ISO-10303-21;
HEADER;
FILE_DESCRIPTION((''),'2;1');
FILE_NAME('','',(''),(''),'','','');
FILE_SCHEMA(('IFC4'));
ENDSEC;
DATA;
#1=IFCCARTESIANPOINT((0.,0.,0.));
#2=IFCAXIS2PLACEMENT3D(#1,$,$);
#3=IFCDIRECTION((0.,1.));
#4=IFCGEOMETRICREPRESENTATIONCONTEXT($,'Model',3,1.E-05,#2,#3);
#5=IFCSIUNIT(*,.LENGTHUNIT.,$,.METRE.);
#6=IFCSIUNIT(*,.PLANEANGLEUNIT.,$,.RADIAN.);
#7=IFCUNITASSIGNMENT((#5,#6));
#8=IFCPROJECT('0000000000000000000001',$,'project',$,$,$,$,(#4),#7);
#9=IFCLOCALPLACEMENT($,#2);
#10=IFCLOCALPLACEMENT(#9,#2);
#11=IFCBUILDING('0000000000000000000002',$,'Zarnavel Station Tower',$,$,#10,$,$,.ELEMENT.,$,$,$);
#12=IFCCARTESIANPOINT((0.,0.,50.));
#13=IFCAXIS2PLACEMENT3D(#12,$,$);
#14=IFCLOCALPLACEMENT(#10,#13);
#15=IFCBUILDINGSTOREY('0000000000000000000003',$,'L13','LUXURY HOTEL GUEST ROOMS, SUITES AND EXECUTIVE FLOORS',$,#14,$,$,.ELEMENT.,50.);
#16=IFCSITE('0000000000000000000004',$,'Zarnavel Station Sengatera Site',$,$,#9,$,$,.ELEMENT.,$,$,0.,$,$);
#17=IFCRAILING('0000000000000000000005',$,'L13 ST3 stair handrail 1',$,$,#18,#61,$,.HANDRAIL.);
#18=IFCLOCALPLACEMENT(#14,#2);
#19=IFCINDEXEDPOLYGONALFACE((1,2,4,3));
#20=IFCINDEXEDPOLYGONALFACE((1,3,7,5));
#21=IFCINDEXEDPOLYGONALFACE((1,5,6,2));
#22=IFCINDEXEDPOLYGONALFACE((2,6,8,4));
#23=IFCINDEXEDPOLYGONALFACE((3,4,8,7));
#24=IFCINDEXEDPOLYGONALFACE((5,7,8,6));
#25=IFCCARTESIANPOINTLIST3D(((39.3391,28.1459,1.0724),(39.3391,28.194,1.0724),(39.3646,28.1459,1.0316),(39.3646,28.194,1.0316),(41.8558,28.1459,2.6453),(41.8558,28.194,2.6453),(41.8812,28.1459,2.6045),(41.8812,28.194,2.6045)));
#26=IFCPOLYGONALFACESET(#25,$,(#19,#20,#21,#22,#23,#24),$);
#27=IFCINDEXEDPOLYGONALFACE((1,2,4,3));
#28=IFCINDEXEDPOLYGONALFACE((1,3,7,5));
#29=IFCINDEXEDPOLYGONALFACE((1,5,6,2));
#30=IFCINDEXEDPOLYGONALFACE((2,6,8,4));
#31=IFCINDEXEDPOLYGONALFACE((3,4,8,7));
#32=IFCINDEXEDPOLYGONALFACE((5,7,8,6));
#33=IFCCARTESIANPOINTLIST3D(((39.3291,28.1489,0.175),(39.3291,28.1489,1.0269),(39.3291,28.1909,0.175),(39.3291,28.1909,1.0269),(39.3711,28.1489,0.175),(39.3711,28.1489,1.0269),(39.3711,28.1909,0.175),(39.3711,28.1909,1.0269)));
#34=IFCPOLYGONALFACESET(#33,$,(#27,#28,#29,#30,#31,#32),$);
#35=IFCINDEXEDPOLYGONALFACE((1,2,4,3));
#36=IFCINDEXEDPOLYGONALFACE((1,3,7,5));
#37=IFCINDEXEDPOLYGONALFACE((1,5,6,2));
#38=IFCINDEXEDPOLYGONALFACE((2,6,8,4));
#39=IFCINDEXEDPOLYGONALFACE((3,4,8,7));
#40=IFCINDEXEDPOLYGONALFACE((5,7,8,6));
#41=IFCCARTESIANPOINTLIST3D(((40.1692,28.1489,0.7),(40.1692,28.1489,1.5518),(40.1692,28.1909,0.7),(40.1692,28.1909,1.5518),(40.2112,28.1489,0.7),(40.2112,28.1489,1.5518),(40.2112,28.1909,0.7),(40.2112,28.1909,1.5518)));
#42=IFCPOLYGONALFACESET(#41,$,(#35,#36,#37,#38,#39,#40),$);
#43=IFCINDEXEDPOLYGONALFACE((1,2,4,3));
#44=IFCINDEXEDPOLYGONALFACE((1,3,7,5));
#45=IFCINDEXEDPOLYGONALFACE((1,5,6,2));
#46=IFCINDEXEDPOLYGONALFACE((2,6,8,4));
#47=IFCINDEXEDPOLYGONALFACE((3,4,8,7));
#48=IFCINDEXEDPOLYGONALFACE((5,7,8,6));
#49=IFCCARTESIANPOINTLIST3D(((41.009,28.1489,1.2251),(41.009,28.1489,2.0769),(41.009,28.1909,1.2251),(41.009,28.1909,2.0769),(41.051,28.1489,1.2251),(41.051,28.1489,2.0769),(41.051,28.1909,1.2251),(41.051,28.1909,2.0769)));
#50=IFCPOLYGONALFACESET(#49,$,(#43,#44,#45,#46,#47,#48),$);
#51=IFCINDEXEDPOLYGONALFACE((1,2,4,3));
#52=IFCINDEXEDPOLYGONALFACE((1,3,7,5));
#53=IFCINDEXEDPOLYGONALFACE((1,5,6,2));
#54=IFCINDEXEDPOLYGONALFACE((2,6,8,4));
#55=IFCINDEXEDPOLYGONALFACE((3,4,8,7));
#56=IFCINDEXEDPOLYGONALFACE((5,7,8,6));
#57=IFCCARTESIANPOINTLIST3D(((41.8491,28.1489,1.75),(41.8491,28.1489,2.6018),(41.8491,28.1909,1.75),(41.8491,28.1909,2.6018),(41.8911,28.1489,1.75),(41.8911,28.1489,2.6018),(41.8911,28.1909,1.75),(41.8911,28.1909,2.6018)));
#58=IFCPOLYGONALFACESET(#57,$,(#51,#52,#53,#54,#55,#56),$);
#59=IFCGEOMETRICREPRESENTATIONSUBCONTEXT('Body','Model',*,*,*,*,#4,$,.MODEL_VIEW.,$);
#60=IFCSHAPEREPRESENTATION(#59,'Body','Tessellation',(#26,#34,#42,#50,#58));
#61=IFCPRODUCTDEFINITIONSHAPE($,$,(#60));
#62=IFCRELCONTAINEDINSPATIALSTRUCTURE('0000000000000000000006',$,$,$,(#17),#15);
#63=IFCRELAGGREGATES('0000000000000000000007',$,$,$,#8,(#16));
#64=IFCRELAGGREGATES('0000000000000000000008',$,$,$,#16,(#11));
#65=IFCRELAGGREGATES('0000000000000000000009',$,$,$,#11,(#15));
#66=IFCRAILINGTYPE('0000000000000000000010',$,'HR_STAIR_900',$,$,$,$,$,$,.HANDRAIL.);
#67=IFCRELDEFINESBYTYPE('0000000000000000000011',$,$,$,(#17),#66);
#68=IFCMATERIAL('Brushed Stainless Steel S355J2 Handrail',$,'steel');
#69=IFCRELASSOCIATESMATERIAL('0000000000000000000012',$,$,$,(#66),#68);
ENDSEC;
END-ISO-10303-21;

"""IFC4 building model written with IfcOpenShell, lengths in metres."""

from ifc_helpers import new_model, si_unit, direction, frame, origin, origin_2d, place, context, subcontext, project, spatial, rectangle, extrude, material, type_object, element, save


model = new_model("IFC4")

# Units and contexts
model_context = context("Model", 3, precision=1e-05, world=origin(), true_north=direction((0.0, 1.0)))
body_context = subcontext(model_context, "Body", "Model", "MODEL_VIEW")
ifc_project = project(units=[si_unit("LENGTHUNIT", "METRE"), si_unit("PLANEANGLEUNIT", "RADIAN")], contexts=[model_context])

# Site, building, storey
site_placement = place(None, origin())
site = spatial("IfcSite", under=ifc_project, at=site_placement, Name="Zarnavel Station Sengatera Site", CompositionType="ELEMENT", RefElevation=0.0)
building_placement = place(site_placement, origin())
building = spatial("IfcBuilding", under=site, at=building_placement, Name="Zarnavel Station Tower", CompositionType="ELEMENT")
storey_placement = place(building_placement, frame((0.0, 0.0, 50.0)))
storey = spatial("IfcBuildingStorey", under=building, at=storey_placement, Name="L13", Description="LUXURY HOTEL GUEST ROOMS, SUITES AND EXECUTIVE FLOORS", CompositionType="ELEMENT", Elevation=50.0)

# Railing
ifc_material_1 = material(Name="Brushed Stainless Steel S355J2 Handrail", Category="steel")
railing_type_1 = type_object("IfcRailingType", Name="HR_STAIR_900", PredefinedType="HANDRAIL", material=ifc_material_1)
railing_1_placement = place(storey_placement, frame((39.3501, 28.1699, 0.175)))
element("IfcRailing", 1, at=railing_1_placement, inside=storey, type_object=railing_type_1, Name="L13 ST3 stair handrail 1", PredefinedType="HANDRAIL", context=body_context, shape_type="SweptSolid", body=[
    extrude(rectangle(XDim=0.0481, YDim=0.0481, at=origin_2d()), frame((0.0017, 0.0, 0.877), z_axis=(0.848008, 0.0, 0.529984), x_axis=(0.0, 1.0, 0.0)), (0.0, 0.0, 1.0), 2.9678),
    extrude(rectangle(XDim=0.042, YDim=0.042, at=origin_2d()), origin(), (0.0, 0.0, 1.0), 0.8518),
    extrude(rectangle(XDim=0.042, YDim=0.042, at=origin_2d()), frame((0.8401, 0.0, 0.5249)), (0.0, 0.0, 1.0), 0.8518),
    extrude(rectangle(XDim=0.042, YDim=0.042, at=origin_2d()), frame((1.6799, 0.0, 1.05)), (0.0, 0.0, 1.0), 0.8518),
    extrude(rectangle(XDim=0.042, YDim=0.042, at=origin_2d()), frame((2.52, 0.0, 1.575)), (0.0, 0.0, 1.0), 0.8518),
])

save(model, "model.ifc")
